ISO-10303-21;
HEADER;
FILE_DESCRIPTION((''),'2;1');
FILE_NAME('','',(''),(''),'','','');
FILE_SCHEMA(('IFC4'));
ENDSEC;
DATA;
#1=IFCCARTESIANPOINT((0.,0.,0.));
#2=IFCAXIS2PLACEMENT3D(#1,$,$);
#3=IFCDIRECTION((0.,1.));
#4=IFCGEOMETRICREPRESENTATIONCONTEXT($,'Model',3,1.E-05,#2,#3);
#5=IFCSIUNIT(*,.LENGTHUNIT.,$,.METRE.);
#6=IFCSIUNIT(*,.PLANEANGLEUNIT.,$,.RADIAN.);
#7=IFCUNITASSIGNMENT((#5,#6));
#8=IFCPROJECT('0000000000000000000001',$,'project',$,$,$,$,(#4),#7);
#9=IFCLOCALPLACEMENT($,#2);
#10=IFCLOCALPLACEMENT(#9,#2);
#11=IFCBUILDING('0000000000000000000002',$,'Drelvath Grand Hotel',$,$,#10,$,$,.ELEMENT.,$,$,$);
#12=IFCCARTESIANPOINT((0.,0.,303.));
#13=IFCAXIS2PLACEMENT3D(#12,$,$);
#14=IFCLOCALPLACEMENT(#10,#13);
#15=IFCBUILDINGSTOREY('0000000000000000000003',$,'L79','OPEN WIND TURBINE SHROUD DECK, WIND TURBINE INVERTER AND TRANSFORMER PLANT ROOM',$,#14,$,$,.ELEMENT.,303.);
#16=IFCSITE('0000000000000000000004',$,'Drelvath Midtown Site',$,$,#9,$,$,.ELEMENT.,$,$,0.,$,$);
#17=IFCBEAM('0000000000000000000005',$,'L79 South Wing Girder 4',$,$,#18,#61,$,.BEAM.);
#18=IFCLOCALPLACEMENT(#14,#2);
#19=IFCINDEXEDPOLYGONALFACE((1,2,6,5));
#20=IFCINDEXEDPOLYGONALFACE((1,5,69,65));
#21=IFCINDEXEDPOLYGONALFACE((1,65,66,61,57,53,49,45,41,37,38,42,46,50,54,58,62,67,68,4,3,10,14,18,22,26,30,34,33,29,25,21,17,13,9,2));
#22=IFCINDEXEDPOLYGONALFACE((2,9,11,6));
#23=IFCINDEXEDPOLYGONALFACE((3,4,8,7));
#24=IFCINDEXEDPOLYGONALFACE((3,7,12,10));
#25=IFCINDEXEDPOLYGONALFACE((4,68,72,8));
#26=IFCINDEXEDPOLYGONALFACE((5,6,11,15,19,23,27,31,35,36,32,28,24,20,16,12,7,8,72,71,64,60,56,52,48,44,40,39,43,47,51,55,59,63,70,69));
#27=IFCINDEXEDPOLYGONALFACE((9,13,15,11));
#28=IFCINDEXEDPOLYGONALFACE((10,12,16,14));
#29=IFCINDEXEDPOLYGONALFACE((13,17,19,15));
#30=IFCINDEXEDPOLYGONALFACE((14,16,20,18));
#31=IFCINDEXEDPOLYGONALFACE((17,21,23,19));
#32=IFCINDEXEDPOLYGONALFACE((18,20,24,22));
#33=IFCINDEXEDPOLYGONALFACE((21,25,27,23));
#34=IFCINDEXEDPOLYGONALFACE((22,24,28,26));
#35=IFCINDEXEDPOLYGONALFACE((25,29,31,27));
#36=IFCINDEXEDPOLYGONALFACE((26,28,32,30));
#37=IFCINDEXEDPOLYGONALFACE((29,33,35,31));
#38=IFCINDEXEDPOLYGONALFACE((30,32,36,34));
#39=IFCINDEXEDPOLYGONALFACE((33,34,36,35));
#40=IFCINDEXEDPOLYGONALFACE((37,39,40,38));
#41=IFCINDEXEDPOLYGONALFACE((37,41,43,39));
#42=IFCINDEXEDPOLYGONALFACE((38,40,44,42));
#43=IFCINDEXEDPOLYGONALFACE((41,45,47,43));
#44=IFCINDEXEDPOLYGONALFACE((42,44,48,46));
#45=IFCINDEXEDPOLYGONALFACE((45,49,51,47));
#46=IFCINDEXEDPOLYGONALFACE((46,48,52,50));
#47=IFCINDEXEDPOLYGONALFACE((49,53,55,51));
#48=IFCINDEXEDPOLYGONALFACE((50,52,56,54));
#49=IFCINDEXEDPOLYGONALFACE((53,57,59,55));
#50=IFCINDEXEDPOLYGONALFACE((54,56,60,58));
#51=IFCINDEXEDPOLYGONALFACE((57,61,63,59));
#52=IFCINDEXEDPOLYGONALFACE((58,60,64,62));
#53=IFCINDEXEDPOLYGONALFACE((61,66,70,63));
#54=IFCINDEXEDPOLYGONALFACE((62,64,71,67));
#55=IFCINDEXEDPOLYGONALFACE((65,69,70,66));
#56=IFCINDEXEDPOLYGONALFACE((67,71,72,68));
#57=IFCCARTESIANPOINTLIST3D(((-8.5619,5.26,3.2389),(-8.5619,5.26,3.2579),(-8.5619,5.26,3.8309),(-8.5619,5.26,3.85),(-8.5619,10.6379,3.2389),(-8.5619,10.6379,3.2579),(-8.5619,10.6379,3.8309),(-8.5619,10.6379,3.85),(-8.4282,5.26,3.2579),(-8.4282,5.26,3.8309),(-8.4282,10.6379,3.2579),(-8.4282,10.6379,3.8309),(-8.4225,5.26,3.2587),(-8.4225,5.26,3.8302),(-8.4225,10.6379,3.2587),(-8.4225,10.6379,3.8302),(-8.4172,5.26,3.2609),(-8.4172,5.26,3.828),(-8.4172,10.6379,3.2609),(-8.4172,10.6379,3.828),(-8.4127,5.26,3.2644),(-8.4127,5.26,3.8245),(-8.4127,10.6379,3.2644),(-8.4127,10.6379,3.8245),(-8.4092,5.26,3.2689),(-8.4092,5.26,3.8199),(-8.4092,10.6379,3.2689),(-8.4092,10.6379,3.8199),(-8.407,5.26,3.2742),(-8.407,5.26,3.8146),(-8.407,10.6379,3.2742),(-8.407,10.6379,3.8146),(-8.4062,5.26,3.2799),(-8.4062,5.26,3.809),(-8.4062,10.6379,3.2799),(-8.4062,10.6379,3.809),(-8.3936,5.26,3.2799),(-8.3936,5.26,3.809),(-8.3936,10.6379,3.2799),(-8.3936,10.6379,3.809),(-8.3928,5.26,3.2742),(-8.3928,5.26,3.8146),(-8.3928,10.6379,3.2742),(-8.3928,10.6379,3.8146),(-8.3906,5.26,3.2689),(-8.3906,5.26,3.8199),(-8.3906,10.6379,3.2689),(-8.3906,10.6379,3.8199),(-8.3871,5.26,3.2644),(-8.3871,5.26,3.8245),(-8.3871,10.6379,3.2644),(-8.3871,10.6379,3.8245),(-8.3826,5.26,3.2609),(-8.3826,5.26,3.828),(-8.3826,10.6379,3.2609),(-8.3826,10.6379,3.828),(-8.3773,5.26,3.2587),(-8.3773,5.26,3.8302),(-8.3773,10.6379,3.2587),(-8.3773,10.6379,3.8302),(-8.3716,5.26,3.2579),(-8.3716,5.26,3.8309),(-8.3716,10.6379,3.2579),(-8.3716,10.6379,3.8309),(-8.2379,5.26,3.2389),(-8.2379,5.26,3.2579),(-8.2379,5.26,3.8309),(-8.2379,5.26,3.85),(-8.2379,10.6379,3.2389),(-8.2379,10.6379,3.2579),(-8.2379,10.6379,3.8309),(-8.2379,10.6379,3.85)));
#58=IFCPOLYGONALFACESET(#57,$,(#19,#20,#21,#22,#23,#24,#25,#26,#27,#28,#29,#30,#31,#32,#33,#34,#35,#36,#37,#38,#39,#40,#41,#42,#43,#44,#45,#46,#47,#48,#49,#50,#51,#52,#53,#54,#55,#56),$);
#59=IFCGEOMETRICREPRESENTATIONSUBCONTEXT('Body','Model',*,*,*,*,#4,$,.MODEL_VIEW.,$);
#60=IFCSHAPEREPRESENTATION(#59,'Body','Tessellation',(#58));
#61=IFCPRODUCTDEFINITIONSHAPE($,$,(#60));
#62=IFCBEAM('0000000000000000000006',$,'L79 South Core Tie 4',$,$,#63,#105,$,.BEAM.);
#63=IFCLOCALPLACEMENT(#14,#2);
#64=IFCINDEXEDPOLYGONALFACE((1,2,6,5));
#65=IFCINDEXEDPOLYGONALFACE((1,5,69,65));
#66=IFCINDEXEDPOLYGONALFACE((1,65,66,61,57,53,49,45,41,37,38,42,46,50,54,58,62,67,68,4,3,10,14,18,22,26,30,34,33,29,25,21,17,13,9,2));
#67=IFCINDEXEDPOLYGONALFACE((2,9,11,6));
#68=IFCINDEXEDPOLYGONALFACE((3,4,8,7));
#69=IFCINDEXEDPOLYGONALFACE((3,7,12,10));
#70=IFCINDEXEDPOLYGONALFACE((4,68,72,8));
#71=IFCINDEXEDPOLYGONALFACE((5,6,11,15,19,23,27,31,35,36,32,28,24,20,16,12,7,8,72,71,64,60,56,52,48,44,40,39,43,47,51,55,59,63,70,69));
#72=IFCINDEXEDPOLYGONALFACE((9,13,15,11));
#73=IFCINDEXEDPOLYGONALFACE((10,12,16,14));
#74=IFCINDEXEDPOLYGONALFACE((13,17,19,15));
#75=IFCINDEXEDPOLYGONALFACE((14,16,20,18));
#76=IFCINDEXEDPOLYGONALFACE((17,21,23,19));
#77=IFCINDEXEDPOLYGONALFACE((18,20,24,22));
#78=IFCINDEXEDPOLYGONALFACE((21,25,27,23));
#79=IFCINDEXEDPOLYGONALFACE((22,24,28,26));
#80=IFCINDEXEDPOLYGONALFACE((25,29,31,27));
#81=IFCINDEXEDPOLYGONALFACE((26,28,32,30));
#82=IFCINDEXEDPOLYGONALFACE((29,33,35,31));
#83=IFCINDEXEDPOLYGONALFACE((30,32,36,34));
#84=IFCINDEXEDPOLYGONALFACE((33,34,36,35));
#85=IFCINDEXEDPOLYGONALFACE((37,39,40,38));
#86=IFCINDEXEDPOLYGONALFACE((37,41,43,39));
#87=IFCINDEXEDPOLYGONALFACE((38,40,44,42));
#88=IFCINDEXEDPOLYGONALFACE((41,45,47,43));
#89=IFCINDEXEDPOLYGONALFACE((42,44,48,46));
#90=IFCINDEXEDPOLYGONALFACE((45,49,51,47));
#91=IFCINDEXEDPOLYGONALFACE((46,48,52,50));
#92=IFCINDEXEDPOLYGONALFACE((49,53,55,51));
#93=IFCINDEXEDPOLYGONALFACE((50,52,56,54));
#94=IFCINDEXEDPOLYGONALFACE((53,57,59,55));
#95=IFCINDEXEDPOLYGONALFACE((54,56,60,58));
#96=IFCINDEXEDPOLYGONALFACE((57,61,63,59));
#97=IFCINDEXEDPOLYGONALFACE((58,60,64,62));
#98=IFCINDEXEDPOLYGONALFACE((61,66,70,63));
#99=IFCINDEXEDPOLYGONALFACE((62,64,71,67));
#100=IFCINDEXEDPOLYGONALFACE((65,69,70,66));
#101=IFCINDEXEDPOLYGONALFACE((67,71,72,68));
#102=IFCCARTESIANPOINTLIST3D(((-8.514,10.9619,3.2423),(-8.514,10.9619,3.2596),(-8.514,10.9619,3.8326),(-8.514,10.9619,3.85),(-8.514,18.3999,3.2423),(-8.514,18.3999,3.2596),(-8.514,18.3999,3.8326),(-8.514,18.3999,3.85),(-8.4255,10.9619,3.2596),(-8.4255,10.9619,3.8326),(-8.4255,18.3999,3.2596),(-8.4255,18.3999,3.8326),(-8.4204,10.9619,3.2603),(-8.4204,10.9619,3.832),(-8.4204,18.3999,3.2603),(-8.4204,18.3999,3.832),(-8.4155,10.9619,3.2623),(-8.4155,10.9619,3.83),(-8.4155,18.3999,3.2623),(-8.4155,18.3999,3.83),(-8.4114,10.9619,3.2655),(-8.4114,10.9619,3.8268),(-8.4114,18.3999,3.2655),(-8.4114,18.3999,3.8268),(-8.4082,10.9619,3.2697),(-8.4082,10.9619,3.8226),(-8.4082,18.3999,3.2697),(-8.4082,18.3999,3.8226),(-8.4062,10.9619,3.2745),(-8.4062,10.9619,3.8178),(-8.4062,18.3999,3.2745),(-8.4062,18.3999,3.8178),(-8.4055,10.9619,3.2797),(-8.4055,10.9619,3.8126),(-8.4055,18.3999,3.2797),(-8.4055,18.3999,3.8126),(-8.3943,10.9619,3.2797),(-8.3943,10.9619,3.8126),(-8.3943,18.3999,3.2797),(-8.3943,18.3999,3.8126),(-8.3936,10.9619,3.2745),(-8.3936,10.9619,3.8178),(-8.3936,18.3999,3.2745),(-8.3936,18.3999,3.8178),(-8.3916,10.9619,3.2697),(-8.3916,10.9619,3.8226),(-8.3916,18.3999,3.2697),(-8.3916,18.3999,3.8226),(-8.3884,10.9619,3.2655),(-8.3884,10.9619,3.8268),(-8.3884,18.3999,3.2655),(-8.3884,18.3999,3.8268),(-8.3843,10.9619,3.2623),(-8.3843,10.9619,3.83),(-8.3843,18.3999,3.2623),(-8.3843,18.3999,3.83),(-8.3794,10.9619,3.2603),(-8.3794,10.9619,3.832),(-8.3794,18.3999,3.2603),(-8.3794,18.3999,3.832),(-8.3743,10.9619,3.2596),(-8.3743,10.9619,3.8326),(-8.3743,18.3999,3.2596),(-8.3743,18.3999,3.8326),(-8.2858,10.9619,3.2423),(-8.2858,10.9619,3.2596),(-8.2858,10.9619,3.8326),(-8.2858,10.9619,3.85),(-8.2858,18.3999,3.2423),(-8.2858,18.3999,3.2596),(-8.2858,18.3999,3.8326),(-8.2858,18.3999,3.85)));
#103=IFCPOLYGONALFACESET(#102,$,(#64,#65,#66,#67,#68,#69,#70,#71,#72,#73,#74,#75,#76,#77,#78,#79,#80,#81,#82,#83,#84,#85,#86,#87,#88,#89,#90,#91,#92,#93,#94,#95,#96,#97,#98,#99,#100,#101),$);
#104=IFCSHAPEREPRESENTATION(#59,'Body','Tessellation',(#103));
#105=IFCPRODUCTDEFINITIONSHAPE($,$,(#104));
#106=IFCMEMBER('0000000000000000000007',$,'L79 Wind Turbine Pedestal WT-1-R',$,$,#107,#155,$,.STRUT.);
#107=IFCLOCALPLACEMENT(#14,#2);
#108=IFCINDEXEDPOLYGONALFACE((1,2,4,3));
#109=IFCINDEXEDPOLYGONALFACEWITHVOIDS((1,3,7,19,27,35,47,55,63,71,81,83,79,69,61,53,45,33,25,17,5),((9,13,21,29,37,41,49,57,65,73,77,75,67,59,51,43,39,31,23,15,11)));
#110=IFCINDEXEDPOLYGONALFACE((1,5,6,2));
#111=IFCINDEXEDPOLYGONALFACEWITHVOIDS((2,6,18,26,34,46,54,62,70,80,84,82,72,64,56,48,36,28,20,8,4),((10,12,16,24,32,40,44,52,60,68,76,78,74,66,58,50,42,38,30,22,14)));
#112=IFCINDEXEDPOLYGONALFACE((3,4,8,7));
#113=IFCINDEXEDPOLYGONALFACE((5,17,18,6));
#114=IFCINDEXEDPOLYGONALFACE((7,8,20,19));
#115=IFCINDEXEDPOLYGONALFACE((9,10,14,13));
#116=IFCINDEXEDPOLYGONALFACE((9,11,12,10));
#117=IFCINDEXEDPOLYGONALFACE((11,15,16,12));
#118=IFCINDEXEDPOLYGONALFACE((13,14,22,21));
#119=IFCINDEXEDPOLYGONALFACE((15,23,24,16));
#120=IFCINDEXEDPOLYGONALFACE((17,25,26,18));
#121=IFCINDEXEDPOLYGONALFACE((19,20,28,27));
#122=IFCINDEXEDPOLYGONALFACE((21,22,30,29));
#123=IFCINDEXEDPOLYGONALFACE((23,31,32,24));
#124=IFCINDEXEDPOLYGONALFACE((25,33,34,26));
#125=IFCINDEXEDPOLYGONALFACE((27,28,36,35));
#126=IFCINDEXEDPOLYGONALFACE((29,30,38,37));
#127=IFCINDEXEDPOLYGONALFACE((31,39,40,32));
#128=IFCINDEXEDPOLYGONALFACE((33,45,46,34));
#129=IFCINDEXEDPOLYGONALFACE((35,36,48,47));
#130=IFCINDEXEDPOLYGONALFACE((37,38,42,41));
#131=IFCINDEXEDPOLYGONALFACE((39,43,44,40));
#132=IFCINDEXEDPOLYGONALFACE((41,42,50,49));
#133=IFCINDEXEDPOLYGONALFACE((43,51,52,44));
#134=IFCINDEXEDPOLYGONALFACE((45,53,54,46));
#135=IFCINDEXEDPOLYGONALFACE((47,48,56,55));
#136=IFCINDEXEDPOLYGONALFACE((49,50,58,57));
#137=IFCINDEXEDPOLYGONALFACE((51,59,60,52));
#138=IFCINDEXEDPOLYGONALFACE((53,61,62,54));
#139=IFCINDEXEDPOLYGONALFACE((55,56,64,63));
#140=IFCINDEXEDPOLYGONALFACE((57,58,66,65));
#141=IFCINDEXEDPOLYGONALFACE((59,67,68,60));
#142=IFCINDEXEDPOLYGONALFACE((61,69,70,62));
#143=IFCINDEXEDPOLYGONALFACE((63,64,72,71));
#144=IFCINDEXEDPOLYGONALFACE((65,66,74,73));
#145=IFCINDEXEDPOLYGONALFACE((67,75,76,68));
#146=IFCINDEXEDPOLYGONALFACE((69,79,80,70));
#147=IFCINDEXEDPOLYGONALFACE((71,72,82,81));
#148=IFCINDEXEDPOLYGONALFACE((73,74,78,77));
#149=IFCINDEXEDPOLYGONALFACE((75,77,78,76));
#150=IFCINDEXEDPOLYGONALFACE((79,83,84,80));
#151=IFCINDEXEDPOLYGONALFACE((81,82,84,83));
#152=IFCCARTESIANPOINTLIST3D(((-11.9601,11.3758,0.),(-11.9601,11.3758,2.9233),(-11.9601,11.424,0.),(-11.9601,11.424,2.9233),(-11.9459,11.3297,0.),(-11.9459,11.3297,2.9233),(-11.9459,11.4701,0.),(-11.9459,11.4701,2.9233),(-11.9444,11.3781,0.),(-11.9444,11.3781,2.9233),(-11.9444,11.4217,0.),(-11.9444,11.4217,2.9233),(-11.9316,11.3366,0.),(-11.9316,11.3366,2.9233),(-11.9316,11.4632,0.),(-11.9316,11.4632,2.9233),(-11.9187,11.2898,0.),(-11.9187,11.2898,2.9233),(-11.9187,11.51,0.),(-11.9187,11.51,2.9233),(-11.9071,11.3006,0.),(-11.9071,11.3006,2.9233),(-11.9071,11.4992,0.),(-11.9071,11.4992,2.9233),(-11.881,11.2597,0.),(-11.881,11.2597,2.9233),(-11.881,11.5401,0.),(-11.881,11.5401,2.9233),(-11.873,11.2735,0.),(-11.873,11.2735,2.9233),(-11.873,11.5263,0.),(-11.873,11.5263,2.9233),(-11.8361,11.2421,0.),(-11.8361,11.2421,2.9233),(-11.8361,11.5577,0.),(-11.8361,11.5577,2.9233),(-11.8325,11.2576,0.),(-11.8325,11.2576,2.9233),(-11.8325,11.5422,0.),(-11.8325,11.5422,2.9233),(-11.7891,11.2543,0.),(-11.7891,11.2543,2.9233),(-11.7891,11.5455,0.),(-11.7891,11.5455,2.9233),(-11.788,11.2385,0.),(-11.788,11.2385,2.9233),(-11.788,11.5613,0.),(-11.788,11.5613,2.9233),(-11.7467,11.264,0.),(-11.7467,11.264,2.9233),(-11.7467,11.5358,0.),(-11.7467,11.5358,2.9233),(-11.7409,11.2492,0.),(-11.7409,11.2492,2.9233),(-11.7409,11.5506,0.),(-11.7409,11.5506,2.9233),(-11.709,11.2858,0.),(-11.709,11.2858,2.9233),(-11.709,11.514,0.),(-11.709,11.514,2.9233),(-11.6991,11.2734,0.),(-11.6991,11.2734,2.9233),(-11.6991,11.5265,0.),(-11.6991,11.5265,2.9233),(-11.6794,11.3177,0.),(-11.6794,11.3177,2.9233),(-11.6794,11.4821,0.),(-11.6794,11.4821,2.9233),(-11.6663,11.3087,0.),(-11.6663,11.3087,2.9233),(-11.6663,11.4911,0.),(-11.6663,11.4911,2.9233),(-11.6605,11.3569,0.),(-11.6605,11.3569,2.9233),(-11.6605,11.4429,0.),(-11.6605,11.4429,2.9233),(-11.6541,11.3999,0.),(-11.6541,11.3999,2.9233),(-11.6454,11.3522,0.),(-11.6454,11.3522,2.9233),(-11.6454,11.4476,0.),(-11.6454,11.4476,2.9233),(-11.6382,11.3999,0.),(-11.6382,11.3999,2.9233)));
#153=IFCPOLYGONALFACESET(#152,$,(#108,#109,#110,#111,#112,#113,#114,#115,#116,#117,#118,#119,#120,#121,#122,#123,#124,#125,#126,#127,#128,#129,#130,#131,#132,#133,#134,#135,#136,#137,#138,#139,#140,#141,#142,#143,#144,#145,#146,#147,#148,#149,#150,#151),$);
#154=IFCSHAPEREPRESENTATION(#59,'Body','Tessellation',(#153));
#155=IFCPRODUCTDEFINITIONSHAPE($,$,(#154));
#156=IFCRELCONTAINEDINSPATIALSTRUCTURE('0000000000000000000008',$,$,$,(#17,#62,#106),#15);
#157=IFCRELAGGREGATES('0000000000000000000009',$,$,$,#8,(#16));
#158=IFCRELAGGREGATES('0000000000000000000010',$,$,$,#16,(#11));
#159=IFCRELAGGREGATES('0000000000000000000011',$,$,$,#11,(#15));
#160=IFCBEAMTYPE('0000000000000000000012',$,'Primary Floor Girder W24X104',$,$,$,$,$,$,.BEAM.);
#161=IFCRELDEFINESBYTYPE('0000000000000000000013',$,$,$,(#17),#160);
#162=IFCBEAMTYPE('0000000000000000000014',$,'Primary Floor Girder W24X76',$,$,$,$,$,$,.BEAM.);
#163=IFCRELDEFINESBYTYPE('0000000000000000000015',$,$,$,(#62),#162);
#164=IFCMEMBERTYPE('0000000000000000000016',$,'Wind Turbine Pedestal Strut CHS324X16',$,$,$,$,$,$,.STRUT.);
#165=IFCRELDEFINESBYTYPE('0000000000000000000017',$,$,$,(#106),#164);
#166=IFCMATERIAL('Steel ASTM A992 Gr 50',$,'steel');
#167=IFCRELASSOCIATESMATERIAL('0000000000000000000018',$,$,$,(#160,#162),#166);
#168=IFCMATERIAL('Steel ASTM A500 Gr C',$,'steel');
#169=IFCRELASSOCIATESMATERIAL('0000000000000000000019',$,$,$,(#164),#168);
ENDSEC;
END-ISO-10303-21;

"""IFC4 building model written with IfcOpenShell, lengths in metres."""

from ifc_helpers import new_model, si_unit, direction, frame, origin, origin_2d, place, context, subcontext, project, spatial, hollow_circle, i_section, extrude, material, material_profile, profile_set, type_object, element, save


model = new_model("IFC4")

# Units and contexts
model_context = context("Model", 3, precision=1e-05, world=origin(), true_north=direction((0.0, 1.0)))
body_context = subcontext(model_context, "Body", "Model", "MODEL_VIEW")
ifc_project = project(units=[si_unit("LENGTHUNIT", "METRE"), si_unit("PLANEANGLEUNIT", "RADIAN")], contexts=[model_context])

# Site, building, storey
site_placement = place(None, origin())
site = spatial("IfcSite", under=ifc_project, at=site_placement, Name="Drelvath Midtown Site", CompositionType="ELEMENT", RefElevation=0.0)
building_placement = place(site_placement, origin())
building = spatial("IfcBuilding", under=site, at=building_placement, Name="Drelvath Grand Hotel", CompositionType="ELEMENT")
storey_placement = place(building_placement, frame((0.0, 0.0, 303.0)))
storey = spatial("IfcBuildingStorey", under=building, at=storey_placement, Name="L79", Description="OPEN WIND TURBINE SHROUD DECK, WIND TURBINE INVERTER AND TRANSFORMER PLANT ROOM", CompositionType="ELEMENT", Elevation=303.0)

# Beams
ifc_material_1 = material(Name="Steel ASTM A992 Gr 50", Category="steel")
ifc_material_profile_1 = material_profile(ifc_material_1, i_section(OverallWidth=0.324, OverallDepth=0.6111, WebThickness=0.0127, FlangeThickness=0.019, FilletRadius=0.022, at=origin_2d()), Name="W24X104")
ifc_profile_set_1 = profile_set([ifc_material_profile_1], Name="Steel ASTM A992 Gr 50")
beam_type_1 = type_object("IfcBeamType", Name="Primary Floor Girder W24X104", PredefinedType="BEAM", material=ifc_profile_set_1)
beam_1_placement = place(storey_placement, frame((-8.3999, 5.26, 3.5444), z_axis=(0.0, 1.0, 0.0), x_axis=(-1.0, 0.0, 0.0)))
element("IfcBeam", 1, at=beam_1_placement, inside=storey, type_object=beam_type_1, Name="L79 South Wing Girder 4", PredefinedType="BEAM", context=body_context, shape_type="SweptSolid", body=[
    extrude(i_section(OverallWidth=0.324, OverallDepth=0.6111, WebThickness=0.0127, FlangeThickness=0.019, FilletRadius=0.022, at=origin_2d()), origin(), (0.0, 0.0, 1.0), 5.3779),
])
ifc_material_profile_2 = material_profile(ifc_material_1, i_section(OverallWidth=0.2283, OverallDepth=0.6077, WebThickness=0.0112, FlangeThickness=0.0173, FilletRadius=0.02, at=origin_2d()), Name="W24X76")
ifc_profile_set_2 = profile_set([ifc_material_profile_2], Name="Steel ASTM A992 Gr 50")
beam_type_2 = type_object("IfcBeamType", Name="Primary Floor Girder W24X76", PredefinedType="BEAM", material=ifc_profile_set_2)
beam_2_placement = place(storey_placement, frame((-8.3999, 10.9619, 3.5461), z_axis=(0.0, 1.0, 0.0), x_axis=(-1.0, 0.0, 0.0)))
element("IfcBeam", 2, at=beam_2_placement, inside=storey, type_object=beam_type_2, Name="L79 South Core Tie 4", PredefinedType="BEAM", context=body_context, shape_type="SweptSolid", body=[
    extrude(i_section(OverallWidth=0.2283, OverallDepth=0.6077, WebThickness=0.0112, FlangeThickness=0.0173, FilletRadius=0.02, at=origin_2d()), origin(), (0.0, 0.0, 1.0), 7.438),
])

# Member
ifc_material_2 = material(Name="Steel ASTM A500 Gr C", Category="steel")
ifc_material_profile_3 = material_profile(ifc_material_2, hollow_circle(Radius=0.1619, WallThickness=0.0159, at=origin_2d()), Name="CHS324X16")
ifc_profile_set_3 = profile_set([ifc_material_profile_3], Name="Steel ASTM A500 Gr C")
member_type_1 = type_object("IfcMemberType", Name="Wind Turbine Pedestal Strut CHS324X16", PredefinedType="STRUT", material=ifc_profile_set_3)
for number, where, z_axis, x_axis, name in (
    (3, (-11.8, 11.3999, 0.0), (0.0, 0.0, 1.0), (1.0, 0.0, 0.0), "L79 Wind Turbine Pedestal WT-1-R"),
):
    element("IfcMember", number, at=place(storey_placement, frame(where, z_axis=z_axis, x_axis=x_axis)), inside=storey, type_object=member_type_1, Name=name, PredefinedType="STRUT", context=body_context, shape_type="SweptSolid", body=[
        extrude(hollow_circle(Radius=0.1619, WallThickness=0.0159, at=origin_2d()), origin(), (0.0, 0.0, 1.0), 2.9233),
    ])

save(model, "model.ifc")
